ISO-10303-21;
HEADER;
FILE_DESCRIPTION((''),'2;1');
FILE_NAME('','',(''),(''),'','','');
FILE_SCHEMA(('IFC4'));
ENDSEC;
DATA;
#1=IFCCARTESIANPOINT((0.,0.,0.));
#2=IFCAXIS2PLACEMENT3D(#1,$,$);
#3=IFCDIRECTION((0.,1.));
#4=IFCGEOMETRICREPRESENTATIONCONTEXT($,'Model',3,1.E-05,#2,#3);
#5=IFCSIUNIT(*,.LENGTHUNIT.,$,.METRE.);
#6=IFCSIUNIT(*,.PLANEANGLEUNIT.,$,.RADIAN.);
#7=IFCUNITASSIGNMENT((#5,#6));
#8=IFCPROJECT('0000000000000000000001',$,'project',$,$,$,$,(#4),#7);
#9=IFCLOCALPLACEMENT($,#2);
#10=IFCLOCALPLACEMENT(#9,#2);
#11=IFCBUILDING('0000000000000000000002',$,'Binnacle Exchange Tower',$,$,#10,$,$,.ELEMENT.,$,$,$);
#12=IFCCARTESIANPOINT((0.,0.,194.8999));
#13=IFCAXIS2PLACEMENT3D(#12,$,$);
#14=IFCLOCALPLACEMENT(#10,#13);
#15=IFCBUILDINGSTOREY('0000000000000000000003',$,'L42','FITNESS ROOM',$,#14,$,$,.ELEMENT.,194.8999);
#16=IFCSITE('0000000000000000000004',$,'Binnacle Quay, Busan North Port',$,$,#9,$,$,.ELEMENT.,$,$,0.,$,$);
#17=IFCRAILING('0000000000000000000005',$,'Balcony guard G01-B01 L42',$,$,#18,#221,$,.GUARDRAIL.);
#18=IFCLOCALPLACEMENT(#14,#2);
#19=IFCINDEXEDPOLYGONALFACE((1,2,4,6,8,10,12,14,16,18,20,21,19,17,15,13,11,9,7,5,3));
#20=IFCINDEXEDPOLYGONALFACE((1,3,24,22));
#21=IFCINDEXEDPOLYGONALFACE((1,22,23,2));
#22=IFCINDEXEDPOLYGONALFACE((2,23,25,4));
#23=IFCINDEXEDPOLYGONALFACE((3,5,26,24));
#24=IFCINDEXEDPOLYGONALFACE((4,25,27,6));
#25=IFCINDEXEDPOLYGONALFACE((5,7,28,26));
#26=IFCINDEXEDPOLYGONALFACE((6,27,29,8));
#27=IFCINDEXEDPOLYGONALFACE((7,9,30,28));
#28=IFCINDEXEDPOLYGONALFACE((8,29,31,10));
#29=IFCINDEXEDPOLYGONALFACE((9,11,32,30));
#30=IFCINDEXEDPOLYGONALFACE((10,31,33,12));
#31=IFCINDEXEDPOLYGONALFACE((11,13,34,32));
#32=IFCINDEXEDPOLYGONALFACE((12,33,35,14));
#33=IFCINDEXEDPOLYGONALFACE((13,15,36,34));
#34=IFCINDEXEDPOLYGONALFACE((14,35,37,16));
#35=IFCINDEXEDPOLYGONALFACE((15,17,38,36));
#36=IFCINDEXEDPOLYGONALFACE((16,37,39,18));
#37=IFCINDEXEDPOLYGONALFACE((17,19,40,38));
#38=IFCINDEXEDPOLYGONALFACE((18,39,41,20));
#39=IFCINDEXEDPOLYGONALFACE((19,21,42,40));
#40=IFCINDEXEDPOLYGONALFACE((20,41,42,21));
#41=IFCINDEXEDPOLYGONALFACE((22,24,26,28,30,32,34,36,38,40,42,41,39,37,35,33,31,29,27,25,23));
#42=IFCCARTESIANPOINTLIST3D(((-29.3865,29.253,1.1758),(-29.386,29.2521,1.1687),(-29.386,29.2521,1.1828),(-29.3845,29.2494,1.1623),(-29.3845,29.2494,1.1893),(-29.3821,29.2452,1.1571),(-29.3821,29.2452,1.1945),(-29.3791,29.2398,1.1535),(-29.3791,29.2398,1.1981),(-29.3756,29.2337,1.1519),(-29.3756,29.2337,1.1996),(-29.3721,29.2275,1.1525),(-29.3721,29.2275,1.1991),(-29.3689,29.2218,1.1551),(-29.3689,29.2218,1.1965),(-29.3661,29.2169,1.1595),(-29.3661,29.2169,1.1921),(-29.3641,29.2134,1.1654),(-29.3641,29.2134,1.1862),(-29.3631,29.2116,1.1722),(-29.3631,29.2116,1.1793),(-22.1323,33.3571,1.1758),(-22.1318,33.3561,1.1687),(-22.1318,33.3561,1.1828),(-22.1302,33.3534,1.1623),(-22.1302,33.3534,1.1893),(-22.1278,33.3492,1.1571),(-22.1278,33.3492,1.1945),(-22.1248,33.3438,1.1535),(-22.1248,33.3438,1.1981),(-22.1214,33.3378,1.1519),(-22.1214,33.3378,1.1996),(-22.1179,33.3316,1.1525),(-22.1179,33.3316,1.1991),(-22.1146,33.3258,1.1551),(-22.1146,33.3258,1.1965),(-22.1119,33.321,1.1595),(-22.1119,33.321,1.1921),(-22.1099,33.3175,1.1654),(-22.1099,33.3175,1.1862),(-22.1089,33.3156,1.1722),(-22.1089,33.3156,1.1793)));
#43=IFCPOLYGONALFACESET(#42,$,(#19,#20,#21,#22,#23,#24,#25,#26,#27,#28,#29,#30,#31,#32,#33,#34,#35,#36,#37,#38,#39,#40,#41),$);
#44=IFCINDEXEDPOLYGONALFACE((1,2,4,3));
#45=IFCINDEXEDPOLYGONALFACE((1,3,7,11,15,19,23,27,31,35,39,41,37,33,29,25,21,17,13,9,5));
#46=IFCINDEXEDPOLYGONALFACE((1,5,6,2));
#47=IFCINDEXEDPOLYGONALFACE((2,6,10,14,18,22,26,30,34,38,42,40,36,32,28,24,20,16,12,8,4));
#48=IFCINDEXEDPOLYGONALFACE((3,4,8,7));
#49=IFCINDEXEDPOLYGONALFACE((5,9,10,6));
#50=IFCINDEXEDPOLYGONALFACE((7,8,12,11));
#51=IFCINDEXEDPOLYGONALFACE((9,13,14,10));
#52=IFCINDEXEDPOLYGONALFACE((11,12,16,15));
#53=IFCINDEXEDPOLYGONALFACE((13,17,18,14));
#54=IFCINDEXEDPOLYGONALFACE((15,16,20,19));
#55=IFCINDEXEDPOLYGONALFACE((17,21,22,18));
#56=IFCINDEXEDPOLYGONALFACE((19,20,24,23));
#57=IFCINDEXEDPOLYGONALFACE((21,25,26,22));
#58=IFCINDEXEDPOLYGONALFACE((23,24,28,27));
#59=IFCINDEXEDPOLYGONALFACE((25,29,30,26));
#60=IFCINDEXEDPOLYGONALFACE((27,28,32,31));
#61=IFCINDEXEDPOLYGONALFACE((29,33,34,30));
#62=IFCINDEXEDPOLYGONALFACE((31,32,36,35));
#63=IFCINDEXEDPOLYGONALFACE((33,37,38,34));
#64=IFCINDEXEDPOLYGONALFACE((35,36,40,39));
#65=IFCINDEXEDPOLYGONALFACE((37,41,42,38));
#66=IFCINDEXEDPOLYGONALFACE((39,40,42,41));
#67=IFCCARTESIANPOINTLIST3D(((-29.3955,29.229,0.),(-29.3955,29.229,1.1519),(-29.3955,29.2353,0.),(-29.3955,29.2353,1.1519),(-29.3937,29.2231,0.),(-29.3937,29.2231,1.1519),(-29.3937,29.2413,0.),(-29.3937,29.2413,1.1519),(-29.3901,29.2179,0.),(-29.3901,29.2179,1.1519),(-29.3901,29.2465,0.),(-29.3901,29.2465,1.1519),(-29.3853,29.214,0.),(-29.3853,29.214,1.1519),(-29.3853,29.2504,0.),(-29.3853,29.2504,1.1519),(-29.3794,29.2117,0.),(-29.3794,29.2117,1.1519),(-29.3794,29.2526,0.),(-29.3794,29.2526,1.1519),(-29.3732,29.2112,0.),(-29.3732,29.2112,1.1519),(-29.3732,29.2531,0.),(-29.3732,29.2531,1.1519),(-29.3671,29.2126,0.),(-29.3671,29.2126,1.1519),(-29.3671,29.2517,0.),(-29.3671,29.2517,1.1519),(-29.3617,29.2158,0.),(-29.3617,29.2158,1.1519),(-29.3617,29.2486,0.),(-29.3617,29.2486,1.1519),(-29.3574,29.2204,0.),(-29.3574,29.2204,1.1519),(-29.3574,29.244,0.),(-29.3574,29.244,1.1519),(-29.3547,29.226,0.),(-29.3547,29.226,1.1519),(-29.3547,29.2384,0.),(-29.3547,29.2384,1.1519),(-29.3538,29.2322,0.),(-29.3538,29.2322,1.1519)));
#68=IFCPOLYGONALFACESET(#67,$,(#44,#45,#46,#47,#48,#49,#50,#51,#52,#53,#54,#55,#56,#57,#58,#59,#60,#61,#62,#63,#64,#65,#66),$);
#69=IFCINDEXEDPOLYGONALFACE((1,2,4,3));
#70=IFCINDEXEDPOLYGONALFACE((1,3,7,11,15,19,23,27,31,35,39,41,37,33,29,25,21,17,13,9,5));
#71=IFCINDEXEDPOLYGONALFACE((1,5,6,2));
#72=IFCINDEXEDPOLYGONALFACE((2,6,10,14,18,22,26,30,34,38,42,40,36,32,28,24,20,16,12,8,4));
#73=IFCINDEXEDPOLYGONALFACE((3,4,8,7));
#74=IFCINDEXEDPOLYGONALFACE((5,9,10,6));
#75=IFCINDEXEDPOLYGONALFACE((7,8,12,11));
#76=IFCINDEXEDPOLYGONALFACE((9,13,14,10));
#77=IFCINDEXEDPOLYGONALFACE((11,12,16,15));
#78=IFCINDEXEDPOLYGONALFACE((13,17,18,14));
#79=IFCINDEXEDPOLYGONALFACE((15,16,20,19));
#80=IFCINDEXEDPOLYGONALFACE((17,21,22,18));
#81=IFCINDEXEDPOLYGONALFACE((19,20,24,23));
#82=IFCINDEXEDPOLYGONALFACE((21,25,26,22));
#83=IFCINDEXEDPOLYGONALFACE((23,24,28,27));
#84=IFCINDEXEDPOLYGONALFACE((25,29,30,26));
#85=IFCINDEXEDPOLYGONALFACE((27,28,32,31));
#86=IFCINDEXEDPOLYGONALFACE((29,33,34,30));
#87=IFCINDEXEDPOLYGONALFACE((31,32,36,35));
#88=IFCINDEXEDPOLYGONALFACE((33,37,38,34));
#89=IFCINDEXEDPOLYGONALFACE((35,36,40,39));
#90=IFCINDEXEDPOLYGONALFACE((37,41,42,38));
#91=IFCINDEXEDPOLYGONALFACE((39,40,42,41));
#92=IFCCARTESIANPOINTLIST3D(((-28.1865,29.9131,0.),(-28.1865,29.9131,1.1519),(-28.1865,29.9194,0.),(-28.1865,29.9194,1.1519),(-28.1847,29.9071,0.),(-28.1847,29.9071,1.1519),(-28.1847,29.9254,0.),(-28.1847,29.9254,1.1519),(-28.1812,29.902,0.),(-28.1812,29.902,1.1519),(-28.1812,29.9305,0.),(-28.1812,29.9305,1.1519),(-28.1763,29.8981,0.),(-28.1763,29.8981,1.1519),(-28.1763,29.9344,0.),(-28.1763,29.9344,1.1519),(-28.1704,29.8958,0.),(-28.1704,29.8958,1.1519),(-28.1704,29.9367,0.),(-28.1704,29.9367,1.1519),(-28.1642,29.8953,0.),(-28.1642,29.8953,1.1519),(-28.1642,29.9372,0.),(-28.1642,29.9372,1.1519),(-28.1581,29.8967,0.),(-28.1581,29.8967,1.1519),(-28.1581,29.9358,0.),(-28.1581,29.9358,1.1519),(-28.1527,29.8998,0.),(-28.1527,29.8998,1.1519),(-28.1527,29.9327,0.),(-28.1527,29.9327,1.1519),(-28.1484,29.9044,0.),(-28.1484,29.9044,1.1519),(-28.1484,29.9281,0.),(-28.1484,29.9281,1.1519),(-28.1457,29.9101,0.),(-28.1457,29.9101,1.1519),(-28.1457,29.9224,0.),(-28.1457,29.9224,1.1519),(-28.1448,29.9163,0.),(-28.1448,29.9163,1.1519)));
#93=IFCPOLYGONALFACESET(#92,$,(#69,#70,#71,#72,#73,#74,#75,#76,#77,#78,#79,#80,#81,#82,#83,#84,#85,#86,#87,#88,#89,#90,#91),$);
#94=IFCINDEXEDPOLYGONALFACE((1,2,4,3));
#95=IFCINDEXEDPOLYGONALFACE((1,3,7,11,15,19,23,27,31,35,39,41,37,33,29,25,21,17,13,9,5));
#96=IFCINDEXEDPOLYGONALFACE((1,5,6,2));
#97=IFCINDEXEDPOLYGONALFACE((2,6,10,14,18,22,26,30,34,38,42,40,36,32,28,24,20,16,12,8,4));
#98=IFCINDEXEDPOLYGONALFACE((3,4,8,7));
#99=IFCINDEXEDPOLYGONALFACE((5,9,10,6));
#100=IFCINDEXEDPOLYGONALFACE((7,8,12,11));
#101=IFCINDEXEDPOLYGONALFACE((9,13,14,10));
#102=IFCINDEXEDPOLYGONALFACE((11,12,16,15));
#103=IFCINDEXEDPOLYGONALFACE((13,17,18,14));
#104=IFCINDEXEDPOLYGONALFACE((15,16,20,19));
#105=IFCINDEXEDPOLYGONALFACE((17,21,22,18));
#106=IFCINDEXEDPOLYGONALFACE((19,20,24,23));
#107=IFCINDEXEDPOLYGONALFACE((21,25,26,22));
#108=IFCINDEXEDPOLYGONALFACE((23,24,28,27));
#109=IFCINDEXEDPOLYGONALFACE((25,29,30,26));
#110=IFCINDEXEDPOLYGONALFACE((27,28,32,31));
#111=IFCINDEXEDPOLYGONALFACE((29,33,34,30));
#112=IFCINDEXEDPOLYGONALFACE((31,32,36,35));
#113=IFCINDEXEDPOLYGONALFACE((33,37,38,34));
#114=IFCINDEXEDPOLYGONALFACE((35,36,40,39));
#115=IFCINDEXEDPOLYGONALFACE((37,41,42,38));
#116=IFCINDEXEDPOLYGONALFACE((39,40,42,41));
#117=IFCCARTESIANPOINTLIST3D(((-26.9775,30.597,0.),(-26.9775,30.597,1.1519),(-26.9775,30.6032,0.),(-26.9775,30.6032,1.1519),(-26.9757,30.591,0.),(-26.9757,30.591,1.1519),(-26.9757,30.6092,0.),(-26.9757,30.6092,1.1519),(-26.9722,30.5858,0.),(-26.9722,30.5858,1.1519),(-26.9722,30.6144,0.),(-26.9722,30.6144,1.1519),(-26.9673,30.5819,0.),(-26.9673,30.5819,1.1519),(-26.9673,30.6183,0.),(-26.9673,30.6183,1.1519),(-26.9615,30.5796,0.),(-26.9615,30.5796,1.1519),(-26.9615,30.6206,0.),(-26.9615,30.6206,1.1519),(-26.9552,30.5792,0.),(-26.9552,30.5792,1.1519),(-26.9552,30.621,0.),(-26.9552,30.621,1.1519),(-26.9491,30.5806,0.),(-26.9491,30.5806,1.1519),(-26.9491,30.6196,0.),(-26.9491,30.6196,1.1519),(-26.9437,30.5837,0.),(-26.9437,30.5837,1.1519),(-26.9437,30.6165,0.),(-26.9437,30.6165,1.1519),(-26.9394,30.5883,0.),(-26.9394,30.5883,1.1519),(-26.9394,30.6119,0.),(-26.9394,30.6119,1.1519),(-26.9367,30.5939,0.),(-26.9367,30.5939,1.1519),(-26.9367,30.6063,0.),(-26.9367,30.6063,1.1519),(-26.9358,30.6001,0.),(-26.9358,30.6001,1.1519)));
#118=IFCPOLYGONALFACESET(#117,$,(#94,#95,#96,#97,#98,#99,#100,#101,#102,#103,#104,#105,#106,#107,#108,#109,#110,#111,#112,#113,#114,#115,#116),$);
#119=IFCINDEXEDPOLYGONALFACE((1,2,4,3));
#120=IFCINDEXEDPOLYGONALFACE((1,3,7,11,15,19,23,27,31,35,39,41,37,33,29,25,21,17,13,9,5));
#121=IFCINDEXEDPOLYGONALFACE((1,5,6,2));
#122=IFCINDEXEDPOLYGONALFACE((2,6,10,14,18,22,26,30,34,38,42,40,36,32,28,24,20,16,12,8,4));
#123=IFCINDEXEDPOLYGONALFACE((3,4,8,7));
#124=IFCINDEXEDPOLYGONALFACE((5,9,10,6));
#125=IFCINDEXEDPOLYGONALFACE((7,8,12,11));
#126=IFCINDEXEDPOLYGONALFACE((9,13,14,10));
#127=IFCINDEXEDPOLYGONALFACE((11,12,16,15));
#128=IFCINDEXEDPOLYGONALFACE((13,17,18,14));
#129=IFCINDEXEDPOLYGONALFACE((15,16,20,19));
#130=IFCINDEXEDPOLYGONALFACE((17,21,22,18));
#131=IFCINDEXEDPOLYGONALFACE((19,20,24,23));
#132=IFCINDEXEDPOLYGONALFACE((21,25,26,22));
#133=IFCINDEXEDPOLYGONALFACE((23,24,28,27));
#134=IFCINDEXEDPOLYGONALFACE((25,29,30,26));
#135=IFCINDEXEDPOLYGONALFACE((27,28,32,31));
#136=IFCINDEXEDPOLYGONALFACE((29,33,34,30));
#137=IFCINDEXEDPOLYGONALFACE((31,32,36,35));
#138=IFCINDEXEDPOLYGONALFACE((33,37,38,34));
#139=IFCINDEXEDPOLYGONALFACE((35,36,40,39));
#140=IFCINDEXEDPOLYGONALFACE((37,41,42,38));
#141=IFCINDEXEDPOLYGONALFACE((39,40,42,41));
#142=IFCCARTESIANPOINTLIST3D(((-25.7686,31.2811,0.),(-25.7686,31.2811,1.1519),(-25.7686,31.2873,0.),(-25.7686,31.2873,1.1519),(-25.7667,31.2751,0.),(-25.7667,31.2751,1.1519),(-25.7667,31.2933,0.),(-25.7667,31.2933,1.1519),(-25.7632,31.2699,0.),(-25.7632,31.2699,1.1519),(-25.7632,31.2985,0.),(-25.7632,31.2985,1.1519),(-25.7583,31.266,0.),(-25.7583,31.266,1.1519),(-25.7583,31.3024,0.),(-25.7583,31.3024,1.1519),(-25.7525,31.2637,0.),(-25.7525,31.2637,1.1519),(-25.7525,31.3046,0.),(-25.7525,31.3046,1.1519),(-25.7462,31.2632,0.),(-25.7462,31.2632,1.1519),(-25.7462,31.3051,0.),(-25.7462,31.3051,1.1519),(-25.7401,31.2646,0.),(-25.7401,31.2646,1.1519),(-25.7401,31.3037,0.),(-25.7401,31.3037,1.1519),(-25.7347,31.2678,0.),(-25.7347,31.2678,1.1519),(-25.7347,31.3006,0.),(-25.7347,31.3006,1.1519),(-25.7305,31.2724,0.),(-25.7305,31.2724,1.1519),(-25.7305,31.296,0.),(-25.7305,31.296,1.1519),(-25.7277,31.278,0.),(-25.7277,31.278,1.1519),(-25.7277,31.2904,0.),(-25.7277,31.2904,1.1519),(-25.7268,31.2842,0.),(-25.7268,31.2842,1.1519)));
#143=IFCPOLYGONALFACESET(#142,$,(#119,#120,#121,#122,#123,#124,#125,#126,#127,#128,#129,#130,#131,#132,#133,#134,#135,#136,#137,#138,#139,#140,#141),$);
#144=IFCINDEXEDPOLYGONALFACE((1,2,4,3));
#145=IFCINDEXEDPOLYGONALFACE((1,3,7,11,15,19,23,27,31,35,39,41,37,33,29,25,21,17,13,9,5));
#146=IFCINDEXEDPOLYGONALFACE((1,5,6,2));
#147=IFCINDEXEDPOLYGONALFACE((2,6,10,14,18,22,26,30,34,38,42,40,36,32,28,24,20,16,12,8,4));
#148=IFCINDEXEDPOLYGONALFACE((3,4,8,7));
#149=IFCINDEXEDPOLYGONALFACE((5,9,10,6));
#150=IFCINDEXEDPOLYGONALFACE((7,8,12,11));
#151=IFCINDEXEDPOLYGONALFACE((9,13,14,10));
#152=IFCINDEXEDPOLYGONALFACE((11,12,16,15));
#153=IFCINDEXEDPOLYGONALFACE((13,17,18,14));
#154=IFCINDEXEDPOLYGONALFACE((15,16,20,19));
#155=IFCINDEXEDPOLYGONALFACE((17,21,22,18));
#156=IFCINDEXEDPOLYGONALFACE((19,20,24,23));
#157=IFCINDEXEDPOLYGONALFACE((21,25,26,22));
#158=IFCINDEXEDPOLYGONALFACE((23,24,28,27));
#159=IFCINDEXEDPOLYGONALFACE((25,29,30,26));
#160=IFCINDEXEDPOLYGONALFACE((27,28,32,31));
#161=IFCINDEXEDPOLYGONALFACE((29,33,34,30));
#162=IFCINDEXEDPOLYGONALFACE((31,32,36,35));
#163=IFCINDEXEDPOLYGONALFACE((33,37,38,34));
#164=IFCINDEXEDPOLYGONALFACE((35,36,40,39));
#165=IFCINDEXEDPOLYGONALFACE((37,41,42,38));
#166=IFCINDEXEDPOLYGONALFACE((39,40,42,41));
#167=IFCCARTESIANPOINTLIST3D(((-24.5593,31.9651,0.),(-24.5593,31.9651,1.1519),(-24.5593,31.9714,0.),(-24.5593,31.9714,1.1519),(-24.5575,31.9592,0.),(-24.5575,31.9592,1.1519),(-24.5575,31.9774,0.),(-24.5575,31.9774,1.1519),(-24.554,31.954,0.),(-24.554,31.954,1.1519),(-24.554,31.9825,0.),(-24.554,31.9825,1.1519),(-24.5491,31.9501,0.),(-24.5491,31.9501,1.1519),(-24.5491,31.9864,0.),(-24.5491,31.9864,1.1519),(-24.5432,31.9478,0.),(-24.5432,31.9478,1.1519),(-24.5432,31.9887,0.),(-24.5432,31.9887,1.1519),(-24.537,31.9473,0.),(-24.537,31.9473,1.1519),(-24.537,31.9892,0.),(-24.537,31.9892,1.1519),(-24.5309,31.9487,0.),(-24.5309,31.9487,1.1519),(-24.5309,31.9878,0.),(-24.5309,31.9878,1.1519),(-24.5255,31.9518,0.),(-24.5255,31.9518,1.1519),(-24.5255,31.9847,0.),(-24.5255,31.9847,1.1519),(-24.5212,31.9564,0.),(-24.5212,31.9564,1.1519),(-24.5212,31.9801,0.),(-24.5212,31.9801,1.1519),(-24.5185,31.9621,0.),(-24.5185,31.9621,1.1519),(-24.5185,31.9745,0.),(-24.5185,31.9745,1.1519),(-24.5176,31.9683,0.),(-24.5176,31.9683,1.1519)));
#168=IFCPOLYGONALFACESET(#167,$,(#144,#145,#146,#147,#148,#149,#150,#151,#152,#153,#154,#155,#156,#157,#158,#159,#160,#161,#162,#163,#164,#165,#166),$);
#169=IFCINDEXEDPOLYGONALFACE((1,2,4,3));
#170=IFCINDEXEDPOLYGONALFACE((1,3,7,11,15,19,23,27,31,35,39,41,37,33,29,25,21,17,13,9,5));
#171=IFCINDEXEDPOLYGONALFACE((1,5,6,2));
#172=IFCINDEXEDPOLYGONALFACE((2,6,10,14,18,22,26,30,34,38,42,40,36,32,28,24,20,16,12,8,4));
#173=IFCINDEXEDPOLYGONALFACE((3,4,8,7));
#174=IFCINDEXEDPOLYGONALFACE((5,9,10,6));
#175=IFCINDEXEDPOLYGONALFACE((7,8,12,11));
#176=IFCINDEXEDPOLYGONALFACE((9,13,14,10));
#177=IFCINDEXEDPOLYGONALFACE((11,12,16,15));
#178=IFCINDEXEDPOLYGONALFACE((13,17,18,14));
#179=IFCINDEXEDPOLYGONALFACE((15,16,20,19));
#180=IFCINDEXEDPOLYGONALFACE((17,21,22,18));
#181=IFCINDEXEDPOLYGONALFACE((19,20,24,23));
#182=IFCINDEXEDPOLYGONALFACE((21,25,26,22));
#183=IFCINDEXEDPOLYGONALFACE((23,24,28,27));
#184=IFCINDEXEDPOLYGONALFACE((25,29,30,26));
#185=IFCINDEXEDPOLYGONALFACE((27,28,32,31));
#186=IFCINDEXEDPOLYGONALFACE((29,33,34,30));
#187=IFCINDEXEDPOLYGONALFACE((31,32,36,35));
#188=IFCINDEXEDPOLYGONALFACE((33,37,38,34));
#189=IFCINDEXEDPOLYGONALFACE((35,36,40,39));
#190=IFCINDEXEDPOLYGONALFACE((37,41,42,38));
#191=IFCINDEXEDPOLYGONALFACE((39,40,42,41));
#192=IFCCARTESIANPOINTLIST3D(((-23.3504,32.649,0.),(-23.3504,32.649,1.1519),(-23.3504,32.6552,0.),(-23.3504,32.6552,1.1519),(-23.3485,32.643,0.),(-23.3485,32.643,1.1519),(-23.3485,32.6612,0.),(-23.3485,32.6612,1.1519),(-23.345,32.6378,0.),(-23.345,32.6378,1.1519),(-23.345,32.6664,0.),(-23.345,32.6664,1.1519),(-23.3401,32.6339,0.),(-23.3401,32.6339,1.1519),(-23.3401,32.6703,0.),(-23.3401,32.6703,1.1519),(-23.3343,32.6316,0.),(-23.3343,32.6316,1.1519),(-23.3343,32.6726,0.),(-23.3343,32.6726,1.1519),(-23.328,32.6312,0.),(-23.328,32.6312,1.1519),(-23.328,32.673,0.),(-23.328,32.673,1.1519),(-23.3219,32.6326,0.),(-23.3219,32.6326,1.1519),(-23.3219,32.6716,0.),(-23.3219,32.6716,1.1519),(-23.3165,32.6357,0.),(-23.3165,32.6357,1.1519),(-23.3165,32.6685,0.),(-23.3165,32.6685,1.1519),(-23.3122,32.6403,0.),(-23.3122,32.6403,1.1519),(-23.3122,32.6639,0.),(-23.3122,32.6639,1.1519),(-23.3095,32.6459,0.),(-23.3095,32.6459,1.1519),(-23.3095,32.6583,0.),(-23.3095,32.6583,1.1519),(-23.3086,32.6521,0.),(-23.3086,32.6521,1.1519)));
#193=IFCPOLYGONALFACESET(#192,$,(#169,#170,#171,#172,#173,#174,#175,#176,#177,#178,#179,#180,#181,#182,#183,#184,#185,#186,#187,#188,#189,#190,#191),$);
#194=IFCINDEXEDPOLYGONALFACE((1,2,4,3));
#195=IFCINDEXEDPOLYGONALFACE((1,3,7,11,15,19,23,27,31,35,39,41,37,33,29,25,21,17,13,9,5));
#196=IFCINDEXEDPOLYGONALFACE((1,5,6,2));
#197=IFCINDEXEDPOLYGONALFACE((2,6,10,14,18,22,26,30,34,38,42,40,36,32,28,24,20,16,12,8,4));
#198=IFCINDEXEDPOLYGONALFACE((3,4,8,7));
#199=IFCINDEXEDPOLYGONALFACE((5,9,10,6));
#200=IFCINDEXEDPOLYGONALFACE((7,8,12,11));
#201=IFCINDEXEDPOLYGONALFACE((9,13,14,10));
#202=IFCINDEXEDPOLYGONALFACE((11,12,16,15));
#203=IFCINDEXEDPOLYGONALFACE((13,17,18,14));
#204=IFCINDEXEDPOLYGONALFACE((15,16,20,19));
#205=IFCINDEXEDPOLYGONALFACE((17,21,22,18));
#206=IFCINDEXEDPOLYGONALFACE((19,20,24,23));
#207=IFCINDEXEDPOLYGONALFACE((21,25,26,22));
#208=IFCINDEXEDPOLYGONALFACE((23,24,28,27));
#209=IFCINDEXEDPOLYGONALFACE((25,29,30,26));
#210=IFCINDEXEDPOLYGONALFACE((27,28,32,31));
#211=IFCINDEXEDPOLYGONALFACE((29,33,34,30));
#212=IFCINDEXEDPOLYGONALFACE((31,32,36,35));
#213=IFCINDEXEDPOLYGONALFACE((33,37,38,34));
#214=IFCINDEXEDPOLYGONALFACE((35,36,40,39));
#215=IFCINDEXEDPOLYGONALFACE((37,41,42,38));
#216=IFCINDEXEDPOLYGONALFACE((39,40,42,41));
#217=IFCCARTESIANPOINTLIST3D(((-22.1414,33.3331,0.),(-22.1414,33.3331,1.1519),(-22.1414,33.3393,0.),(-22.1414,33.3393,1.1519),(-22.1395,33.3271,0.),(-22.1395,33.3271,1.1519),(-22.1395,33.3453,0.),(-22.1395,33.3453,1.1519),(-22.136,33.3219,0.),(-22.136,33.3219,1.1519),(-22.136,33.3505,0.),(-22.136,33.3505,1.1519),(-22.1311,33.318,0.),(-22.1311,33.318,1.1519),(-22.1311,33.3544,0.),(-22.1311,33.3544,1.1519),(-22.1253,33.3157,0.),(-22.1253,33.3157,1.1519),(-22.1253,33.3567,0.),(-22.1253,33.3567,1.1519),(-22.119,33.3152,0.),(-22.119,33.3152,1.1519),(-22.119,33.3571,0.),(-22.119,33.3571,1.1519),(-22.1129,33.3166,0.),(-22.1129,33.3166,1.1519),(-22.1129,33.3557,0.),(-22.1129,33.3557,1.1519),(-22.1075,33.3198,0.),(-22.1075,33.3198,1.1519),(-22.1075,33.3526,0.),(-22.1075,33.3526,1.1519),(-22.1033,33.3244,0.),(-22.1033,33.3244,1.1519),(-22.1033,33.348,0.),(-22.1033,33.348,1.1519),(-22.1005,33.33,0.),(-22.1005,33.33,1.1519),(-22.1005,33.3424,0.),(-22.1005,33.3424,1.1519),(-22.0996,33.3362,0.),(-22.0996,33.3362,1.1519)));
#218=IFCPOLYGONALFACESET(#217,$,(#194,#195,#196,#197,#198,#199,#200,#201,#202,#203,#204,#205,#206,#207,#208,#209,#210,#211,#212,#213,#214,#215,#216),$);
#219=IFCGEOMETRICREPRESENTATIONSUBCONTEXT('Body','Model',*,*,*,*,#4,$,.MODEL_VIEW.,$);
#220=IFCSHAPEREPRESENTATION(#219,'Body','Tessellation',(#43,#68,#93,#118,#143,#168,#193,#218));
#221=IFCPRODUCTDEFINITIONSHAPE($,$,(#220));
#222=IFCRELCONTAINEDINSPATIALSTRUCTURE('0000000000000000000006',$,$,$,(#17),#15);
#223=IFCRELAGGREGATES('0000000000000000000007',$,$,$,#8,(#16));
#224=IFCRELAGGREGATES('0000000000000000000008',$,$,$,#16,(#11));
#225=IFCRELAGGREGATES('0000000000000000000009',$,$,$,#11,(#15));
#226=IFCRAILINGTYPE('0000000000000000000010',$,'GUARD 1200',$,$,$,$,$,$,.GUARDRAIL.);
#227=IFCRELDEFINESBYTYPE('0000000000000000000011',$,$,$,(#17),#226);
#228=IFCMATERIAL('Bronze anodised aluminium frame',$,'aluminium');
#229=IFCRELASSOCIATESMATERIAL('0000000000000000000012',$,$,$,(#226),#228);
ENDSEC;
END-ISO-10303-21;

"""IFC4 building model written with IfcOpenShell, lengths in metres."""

from ifc_helpers import new_model, si_unit, direction, frame, origin, origin_2d, place, context, subcontext, project, spatial, circle, extrude, material, type_object, element, save


model = new_model("IFC4")

# Units and contexts
model_context = context("Model", 3, precision=1e-05, world=origin(), true_north=direction((0.0, 1.0)))
body_context = subcontext(model_context, "Body", "Model", "MODEL_VIEW")
ifc_project = project(units=[si_unit("LENGTHUNIT", "METRE"), si_unit("PLANEANGLEUNIT", "RADIAN")], contexts=[model_context])

# Site, building, storey
site_placement = place(None, origin())
site = spatial("IfcSite", under=ifc_project, at=site_placement, Name="Binnacle Quay, Busan North Port", CompositionType="ELEMENT", RefElevation=0.0)
building_placement = place(site_placement, origin())
building = spatial("IfcBuilding", under=site, at=building_placement, Name="Binnacle Exchange Tower", CompositionType="ELEMENT")
storey_placement = place(building_placement, frame((0.0, 0.0, 194.8999)))
storey = spatial("IfcBuildingStorey", under=building, at=storey_placement, Name="L42", Description="FITNESS ROOM", CompositionType="ELEMENT", Elevation=194.8999)

# Railing
ifc_material_1 = material(Name="Bronze anodised aluminium frame", Category="aluminium")
railing_type_1 = type_object("IfcRailingType", Name="GUARD 1200", PredefinedType="GUARDRAIL", material=ifc_material_1)
railing_1_placement = place(storey_placement, frame((-29.3748, 29.2322, 0.0)))
element("IfcRailing", 1, at=railing_1_placement, inside=storey, type_object=railing_type_1, Name="Balcony guard G01-B01 L42", PredefinedType="GUARDRAIL", context=body_context, shape_type="SweptSolid", body=[
    extrude(circle(Radius=0.0239, at=origin_2d()), frame((0.0, 0.0, 1.1758), z_axis=(0.870366, 0.492406, 0.0), x_axis=(-0.492406, 0.870366, 0.0)), (0.0, 0.0, 1.0), 8.3347),
    extrude(circle(Radius=0.021, at=origin_2d()), origin(), (0.0, 0.0, 1.0), 1.1519),
    extrude(circle(Radius=0.021, at=origin_2d()), frame((1.209, 0.6841, 0.0)), (0.0, 0.0, 1.0), 1.1519),
    extrude(circle(Radius=0.021, at=origin_2d()), frame((2.418, 1.3679, 0.0)), (0.0, 0.0, 1.0), 1.1519),
    extrude(circle(Radius=0.021, at=origin_2d()), frame((3.627, 2.052, 0.0)), (0.0, 0.0, 1.0), 1.1519),
    extrude(circle(Radius=0.021, at=origin_2d()), frame((4.8362, 2.7361, 0.0)), (0.0, 0.0, 1.0), 1.1519),
    extrude(circle(Radius=0.021, at=origin_2d()), frame((6.0452, 3.4199, 0.0)), (0.0, 0.0, 1.0), 1.1519),
    extrude(circle(Radius=0.021, at=origin_2d()), frame((7.2542, 4.104, 0.0)), (0.0, 0.0, 1.0), 1.1519),
])

save(model, "model.ifc")
